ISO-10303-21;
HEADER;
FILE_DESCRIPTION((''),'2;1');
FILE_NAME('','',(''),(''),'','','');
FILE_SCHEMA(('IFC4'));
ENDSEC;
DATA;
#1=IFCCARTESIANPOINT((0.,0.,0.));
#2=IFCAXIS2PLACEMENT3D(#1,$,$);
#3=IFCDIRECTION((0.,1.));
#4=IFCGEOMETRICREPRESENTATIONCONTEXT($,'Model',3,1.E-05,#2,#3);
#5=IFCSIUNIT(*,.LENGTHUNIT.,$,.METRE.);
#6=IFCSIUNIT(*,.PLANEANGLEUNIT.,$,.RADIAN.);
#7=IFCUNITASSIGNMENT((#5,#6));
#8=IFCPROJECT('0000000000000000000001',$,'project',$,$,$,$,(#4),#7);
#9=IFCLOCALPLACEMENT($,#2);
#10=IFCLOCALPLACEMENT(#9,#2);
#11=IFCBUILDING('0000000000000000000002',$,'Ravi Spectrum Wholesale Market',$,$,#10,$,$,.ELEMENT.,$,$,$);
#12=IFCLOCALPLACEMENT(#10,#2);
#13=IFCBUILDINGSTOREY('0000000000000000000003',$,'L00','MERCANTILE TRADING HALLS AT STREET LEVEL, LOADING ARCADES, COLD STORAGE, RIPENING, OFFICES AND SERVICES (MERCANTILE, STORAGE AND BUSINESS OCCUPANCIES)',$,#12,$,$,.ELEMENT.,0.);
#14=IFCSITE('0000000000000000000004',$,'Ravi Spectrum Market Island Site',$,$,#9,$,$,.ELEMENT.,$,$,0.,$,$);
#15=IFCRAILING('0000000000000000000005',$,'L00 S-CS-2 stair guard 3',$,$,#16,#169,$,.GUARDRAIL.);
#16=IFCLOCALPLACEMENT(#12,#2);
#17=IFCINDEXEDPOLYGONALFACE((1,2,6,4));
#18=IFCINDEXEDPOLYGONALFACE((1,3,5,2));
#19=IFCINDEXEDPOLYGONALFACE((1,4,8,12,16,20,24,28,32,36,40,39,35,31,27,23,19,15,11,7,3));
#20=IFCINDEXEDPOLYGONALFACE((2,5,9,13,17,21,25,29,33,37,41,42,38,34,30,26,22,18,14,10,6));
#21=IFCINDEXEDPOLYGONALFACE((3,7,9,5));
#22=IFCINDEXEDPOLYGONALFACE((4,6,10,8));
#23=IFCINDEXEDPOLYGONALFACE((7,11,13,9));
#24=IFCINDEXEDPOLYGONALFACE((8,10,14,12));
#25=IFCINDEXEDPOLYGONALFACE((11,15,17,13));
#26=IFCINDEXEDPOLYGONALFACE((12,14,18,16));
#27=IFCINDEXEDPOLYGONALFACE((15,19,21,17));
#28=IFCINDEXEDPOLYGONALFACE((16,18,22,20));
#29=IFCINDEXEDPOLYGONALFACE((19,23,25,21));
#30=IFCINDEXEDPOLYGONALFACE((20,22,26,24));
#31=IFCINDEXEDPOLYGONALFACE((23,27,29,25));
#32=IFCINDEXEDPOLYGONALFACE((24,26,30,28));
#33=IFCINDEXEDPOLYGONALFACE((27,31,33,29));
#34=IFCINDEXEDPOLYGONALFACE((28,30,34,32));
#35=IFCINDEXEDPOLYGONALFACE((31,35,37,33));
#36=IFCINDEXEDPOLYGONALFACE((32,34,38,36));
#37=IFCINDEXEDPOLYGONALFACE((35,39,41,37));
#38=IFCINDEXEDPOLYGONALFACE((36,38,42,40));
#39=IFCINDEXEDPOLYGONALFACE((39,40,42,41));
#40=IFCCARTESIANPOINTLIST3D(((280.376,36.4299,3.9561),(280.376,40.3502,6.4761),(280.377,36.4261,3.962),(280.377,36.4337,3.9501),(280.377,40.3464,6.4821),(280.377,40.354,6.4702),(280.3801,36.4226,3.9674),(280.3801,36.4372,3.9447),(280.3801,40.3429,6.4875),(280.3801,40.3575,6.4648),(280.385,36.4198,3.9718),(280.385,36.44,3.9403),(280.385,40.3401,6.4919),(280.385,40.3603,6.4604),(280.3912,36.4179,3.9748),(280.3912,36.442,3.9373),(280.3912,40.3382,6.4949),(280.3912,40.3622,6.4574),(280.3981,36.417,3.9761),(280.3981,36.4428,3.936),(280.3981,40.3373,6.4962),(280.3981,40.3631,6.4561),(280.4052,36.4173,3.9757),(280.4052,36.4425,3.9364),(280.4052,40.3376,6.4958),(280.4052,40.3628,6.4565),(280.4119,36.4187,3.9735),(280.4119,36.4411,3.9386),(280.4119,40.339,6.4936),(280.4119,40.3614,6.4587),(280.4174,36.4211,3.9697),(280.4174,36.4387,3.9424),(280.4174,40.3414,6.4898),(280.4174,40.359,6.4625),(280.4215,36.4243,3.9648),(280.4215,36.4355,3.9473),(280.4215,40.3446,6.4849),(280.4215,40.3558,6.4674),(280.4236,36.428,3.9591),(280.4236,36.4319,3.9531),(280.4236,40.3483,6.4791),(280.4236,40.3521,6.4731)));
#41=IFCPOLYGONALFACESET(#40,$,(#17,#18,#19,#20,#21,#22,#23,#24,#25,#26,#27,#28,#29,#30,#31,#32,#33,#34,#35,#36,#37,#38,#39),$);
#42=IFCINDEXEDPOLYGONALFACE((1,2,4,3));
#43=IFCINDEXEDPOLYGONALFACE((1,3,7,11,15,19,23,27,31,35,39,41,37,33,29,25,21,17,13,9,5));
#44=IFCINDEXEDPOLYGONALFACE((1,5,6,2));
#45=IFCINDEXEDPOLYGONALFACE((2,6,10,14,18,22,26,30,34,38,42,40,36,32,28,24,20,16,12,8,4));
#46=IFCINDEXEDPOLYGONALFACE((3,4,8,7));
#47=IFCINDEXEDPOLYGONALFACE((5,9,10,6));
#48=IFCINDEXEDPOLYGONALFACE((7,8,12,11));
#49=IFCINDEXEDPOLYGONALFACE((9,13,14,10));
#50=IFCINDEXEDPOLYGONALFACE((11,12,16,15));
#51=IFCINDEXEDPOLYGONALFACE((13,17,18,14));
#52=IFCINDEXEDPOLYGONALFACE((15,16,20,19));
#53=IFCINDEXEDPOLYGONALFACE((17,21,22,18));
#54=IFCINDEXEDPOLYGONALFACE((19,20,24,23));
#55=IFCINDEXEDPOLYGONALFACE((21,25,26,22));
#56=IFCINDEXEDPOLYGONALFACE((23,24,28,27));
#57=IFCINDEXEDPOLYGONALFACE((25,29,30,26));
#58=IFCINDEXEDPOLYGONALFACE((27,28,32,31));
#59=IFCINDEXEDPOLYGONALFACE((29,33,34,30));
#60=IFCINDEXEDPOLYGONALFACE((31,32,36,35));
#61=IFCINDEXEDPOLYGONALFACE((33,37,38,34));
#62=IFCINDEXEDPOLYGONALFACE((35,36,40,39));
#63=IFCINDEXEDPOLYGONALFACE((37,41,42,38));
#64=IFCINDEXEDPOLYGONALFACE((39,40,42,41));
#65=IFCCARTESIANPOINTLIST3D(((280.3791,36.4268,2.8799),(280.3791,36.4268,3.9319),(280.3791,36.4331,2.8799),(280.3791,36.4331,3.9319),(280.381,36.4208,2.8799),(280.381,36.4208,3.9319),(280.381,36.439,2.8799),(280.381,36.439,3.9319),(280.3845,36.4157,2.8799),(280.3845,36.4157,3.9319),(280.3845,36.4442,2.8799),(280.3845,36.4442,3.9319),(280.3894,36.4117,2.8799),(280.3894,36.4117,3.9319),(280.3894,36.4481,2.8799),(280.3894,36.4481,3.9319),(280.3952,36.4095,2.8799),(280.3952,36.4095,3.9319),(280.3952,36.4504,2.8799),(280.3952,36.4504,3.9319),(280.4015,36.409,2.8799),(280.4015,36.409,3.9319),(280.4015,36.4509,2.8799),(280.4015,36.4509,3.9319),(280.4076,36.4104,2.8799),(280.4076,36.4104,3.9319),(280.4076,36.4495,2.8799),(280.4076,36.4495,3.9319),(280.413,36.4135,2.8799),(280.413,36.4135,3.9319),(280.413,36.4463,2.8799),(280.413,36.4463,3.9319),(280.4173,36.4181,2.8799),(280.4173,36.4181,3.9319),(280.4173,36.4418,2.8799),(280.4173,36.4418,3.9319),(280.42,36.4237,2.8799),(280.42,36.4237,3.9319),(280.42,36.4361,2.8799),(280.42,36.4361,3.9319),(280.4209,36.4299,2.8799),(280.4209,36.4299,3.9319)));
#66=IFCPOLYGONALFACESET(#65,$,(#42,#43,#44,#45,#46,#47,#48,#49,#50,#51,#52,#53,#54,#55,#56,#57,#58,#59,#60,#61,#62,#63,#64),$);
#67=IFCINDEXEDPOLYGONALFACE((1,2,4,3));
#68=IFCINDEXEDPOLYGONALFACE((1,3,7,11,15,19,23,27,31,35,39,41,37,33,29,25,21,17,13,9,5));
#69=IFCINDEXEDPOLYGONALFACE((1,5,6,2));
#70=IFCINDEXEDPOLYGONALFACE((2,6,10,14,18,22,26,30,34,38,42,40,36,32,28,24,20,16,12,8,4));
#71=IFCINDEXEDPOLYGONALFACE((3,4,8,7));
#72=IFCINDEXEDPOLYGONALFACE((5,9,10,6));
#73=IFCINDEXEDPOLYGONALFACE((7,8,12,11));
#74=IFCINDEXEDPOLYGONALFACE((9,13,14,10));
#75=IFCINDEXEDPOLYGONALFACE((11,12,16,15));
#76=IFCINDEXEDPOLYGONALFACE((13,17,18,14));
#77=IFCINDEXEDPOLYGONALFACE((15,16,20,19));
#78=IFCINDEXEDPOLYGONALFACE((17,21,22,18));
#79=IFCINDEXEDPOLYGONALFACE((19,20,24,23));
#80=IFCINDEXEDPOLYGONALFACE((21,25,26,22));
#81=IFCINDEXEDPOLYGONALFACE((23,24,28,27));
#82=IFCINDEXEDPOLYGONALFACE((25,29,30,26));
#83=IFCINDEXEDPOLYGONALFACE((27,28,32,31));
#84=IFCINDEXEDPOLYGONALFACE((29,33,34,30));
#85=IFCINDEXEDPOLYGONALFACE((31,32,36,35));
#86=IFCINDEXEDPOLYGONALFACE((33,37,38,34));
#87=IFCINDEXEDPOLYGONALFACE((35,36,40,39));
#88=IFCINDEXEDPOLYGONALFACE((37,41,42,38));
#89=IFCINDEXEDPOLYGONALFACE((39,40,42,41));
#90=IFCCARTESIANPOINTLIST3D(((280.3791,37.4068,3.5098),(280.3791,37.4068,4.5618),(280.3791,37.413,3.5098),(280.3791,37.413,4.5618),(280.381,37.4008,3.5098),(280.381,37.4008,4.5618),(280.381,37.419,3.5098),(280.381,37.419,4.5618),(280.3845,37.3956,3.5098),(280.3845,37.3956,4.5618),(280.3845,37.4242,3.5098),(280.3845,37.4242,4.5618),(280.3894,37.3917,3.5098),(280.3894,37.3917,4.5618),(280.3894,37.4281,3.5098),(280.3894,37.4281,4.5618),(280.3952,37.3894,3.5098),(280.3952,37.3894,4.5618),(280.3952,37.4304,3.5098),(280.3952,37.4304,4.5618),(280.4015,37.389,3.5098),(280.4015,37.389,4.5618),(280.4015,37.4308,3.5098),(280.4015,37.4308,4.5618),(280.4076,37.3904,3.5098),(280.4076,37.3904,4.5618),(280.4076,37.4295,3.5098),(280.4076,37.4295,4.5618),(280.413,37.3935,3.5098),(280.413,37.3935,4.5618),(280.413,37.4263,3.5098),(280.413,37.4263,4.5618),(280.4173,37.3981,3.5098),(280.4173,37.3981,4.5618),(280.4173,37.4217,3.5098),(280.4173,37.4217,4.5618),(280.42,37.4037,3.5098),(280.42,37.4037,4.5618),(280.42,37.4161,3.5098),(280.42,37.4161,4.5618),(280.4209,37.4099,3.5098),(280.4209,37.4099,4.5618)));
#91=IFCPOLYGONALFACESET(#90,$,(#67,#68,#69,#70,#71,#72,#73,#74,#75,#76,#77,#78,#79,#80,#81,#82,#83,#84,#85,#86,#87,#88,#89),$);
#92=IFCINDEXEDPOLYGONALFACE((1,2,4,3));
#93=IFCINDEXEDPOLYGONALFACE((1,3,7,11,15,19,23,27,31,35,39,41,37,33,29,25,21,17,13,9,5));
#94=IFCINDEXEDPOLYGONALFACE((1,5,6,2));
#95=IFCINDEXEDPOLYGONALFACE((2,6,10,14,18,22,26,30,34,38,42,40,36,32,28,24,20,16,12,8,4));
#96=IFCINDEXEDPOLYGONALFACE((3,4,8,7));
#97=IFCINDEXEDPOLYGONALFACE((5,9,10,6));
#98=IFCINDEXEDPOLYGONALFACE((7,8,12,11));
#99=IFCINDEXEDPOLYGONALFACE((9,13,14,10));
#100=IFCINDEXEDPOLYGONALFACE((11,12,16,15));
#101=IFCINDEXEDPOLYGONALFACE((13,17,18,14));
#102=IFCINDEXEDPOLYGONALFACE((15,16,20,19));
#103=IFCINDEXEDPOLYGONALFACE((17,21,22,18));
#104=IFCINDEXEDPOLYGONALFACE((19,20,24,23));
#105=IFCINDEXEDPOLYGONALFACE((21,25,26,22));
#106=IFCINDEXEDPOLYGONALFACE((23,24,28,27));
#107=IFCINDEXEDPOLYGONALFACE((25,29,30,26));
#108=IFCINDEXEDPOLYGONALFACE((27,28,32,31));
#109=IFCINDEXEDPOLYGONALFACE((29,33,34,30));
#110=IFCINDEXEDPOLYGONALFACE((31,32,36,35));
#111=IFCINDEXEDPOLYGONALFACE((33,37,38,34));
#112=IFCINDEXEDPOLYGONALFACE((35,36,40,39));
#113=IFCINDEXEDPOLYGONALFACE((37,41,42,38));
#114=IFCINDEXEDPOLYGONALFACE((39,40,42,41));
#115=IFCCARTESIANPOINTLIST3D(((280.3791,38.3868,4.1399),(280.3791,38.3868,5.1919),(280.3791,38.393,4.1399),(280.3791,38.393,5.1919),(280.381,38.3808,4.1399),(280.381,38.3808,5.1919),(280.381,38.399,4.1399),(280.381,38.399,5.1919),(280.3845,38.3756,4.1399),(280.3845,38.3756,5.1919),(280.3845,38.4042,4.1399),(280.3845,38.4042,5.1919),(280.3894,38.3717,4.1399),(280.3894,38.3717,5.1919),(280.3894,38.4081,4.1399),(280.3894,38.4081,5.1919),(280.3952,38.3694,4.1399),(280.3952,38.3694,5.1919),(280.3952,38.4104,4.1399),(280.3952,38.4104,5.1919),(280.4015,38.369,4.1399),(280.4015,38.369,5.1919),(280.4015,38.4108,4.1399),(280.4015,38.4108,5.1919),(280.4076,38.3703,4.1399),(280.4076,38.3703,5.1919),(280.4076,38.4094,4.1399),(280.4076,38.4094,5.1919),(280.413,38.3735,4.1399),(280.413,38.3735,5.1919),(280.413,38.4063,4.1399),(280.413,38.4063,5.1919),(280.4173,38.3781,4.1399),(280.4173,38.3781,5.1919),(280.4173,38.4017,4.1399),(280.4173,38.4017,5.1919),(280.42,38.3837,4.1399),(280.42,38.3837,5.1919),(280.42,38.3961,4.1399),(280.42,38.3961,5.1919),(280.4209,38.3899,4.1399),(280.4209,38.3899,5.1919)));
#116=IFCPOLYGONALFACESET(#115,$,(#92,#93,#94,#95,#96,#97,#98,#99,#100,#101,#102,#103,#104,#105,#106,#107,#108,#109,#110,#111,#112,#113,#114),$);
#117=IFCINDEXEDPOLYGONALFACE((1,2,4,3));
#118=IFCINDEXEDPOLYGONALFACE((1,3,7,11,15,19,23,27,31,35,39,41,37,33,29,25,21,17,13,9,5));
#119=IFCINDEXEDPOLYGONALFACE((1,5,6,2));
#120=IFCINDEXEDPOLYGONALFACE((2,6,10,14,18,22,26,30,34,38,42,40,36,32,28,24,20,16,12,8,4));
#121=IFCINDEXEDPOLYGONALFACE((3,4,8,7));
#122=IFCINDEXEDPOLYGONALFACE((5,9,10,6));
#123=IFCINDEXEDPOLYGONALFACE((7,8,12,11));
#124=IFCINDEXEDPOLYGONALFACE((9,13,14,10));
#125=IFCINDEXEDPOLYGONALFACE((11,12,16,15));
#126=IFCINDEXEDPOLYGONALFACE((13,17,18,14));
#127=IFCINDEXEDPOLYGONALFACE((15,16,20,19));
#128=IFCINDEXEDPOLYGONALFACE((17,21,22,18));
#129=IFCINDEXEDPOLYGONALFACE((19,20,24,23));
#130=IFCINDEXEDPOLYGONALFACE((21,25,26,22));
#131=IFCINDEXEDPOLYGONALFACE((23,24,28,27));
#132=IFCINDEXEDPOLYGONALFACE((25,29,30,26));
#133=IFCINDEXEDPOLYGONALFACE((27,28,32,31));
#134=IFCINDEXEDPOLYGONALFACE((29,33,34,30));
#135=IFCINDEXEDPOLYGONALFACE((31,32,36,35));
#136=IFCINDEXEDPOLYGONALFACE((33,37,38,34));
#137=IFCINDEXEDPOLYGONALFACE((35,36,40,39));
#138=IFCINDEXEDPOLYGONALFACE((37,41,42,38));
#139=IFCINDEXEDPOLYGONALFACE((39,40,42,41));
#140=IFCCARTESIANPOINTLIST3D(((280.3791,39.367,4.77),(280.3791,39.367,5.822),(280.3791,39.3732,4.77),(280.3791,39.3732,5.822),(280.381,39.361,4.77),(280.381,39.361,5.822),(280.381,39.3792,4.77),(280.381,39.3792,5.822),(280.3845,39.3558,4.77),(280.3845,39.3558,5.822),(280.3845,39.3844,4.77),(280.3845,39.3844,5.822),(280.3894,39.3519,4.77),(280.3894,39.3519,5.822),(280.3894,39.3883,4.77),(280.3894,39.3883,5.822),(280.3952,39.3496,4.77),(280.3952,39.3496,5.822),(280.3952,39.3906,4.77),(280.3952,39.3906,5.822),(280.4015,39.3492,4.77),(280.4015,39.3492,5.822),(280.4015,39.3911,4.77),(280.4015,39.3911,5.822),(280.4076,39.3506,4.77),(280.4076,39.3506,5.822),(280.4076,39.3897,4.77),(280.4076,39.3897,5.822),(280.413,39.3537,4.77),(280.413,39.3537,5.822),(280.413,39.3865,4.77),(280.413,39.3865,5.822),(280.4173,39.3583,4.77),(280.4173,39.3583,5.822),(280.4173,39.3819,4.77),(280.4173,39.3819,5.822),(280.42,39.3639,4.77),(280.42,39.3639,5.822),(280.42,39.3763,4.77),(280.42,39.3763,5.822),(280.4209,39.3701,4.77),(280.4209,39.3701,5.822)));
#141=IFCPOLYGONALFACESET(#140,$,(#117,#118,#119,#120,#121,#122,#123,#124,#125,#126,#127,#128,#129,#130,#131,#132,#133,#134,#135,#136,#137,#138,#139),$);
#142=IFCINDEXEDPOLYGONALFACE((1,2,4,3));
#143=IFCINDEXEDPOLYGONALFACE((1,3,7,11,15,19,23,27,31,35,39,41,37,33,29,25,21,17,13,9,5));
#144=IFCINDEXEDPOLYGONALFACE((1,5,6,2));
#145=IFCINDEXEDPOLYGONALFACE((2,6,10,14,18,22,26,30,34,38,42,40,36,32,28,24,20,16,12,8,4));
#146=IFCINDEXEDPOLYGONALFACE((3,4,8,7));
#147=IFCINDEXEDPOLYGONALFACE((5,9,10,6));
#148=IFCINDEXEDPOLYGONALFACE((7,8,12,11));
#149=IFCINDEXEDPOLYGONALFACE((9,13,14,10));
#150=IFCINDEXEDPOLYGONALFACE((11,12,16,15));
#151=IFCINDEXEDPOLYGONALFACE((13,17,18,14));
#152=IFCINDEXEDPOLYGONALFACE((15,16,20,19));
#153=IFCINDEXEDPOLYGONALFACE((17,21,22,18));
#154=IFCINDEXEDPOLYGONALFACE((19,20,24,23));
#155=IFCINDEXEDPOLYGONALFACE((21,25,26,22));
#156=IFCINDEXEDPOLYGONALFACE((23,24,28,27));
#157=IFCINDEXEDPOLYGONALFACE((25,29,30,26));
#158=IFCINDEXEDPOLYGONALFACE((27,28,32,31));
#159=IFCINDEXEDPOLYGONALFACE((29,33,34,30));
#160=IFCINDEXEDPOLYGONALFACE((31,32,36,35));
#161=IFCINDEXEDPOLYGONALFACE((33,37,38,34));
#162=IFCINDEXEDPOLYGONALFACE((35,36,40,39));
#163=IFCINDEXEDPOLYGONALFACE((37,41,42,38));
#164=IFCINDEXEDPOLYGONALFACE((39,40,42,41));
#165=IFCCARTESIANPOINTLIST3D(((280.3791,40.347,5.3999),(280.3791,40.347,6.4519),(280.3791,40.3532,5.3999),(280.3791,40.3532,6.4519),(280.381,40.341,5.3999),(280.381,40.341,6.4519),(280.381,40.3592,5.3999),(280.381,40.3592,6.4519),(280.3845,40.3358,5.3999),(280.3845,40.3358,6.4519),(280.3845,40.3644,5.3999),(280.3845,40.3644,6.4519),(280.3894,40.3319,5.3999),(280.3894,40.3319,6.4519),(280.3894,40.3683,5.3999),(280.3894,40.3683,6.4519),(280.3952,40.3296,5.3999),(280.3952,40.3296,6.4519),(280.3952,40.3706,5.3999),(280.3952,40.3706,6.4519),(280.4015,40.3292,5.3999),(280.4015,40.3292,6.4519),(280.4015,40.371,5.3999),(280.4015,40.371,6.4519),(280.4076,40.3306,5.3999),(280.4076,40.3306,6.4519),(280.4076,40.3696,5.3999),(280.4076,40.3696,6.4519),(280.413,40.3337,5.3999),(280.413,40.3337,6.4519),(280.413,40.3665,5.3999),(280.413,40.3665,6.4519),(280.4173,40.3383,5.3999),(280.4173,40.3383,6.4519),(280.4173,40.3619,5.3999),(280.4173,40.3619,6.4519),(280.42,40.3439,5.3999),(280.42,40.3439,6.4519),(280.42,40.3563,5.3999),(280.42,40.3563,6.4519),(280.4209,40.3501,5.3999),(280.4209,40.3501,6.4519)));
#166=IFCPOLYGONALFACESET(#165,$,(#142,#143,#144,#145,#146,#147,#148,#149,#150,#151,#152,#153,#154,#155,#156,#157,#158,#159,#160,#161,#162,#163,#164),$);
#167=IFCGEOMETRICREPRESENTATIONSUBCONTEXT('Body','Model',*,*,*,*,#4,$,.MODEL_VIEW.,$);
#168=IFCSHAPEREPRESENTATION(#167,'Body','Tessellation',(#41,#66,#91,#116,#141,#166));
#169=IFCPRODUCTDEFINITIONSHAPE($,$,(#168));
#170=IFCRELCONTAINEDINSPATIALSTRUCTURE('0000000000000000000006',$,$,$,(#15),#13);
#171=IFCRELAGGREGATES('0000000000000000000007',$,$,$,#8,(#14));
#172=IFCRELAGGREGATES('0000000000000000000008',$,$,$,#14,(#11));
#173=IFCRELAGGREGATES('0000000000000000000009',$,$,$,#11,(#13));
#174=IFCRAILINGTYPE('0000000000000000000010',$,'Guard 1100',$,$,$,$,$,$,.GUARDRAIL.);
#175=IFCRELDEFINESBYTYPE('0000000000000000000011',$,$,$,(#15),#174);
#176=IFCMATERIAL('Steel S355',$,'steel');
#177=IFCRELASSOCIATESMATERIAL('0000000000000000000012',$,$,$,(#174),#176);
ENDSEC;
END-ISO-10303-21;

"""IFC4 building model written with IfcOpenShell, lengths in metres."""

from ifc_helpers import new_model, si_unit, direction, frame, origin, origin_2d, place, context, subcontext, project, spatial, circle, extrude, material, type_object, element, save


model = new_model("IFC4")

# Units and contexts
model_context = context("Model", 3, precision=1e-05, world=origin(), true_north=direction((0.0, 1.0)))
body_context = subcontext(model_context, "Body", "Model", "MODEL_VIEW")
ifc_project = project(units=[si_unit("LENGTHUNIT", "METRE"), si_unit("PLANEANGLEUNIT", "RADIAN")], contexts=[model_context])

# Site, building, storey
site_placement = place(None, origin())
site = spatial("IfcSite", under=ifc_project, at=site_placement, Name="Ravi Spectrum Market Island Site", CompositionType="ELEMENT", RefElevation=0.0)
building_placement = place(site_placement, origin())
building = spatial("IfcBuilding", under=site, at=building_placement, Name="Ravi Spectrum Wholesale Market", CompositionType="ELEMENT")
storey_placement = place(building_placement, origin())
storey = spatial("IfcBuildingStorey", under=building, at=storey_placement, Name="L00", Description="MERCANTILE TRADING HALLS AT STREET LEVEL, LOADING ARCADES, COLD STORAGE, RIPENING, OFFICES AND SERVICES (MERCANTILE, STORAGE AND BUSINESS OCCUPANCIES)", CompositionType="ELEMENT", Elevation=0.0)

# Railing
ifc_material_1 = material(Name="Steel S355", Category="steel")
railing_type_1 = type_object("IfcRailingType", Name="Guard 1100", PredefinedType="GUARDRAIL", material=ifc_material_1)
railing_1_placement = place(storey_placement, frame((280.3999, 36.4299, 2.8799)))
element("IfcRailing", 1, at=railing_1_placement, inside=storey, type_object=railing_type_1, Name="L00 S-CS-2 stair guard 3", PredefinedType="GUARDRAIL", context=body_context, shape_type="SweptSolid", body=[
    extrude(circle(Radius=0.0239, at=origin_2d()), frame((0.0, 0.0, 1.0762), z_axis=(0.0, 0.841187, 0.540744), x_axis=(-1.0, 0.0, 0.0)), (0.0, 0.0, 1.0), 4.6604),
    extrude(circle(Radius=0.021, at=origin_2d()), origin(), (0.0, 0.0, 1.0), 1.052),
    extrude(circle(Radius=0.021, at=origin_2d()), frame((0.0, 0.98, 0.6299)), (0.0, 0.0, 1.0), 1.052),
    extrude(circle(Radius=0.021, at=origin_2d()), frame((0.0, 1.96, 1.26)), (0.0, 0.0, 1.0), 1.052),
    extrude(circle(Radius=0.021, at=origin_2d()), frame((0.0, 2.9402, 1.8901)), (0.0, 0.0, 1.0), 1.052),
    extrude(circle(Radius=0.021, at=origin_2d()), frame((0.0, 3.9202, 2.52)), (0.0, 0.0, 1.0), 1.052),
])

save(model, "model.ifc")
